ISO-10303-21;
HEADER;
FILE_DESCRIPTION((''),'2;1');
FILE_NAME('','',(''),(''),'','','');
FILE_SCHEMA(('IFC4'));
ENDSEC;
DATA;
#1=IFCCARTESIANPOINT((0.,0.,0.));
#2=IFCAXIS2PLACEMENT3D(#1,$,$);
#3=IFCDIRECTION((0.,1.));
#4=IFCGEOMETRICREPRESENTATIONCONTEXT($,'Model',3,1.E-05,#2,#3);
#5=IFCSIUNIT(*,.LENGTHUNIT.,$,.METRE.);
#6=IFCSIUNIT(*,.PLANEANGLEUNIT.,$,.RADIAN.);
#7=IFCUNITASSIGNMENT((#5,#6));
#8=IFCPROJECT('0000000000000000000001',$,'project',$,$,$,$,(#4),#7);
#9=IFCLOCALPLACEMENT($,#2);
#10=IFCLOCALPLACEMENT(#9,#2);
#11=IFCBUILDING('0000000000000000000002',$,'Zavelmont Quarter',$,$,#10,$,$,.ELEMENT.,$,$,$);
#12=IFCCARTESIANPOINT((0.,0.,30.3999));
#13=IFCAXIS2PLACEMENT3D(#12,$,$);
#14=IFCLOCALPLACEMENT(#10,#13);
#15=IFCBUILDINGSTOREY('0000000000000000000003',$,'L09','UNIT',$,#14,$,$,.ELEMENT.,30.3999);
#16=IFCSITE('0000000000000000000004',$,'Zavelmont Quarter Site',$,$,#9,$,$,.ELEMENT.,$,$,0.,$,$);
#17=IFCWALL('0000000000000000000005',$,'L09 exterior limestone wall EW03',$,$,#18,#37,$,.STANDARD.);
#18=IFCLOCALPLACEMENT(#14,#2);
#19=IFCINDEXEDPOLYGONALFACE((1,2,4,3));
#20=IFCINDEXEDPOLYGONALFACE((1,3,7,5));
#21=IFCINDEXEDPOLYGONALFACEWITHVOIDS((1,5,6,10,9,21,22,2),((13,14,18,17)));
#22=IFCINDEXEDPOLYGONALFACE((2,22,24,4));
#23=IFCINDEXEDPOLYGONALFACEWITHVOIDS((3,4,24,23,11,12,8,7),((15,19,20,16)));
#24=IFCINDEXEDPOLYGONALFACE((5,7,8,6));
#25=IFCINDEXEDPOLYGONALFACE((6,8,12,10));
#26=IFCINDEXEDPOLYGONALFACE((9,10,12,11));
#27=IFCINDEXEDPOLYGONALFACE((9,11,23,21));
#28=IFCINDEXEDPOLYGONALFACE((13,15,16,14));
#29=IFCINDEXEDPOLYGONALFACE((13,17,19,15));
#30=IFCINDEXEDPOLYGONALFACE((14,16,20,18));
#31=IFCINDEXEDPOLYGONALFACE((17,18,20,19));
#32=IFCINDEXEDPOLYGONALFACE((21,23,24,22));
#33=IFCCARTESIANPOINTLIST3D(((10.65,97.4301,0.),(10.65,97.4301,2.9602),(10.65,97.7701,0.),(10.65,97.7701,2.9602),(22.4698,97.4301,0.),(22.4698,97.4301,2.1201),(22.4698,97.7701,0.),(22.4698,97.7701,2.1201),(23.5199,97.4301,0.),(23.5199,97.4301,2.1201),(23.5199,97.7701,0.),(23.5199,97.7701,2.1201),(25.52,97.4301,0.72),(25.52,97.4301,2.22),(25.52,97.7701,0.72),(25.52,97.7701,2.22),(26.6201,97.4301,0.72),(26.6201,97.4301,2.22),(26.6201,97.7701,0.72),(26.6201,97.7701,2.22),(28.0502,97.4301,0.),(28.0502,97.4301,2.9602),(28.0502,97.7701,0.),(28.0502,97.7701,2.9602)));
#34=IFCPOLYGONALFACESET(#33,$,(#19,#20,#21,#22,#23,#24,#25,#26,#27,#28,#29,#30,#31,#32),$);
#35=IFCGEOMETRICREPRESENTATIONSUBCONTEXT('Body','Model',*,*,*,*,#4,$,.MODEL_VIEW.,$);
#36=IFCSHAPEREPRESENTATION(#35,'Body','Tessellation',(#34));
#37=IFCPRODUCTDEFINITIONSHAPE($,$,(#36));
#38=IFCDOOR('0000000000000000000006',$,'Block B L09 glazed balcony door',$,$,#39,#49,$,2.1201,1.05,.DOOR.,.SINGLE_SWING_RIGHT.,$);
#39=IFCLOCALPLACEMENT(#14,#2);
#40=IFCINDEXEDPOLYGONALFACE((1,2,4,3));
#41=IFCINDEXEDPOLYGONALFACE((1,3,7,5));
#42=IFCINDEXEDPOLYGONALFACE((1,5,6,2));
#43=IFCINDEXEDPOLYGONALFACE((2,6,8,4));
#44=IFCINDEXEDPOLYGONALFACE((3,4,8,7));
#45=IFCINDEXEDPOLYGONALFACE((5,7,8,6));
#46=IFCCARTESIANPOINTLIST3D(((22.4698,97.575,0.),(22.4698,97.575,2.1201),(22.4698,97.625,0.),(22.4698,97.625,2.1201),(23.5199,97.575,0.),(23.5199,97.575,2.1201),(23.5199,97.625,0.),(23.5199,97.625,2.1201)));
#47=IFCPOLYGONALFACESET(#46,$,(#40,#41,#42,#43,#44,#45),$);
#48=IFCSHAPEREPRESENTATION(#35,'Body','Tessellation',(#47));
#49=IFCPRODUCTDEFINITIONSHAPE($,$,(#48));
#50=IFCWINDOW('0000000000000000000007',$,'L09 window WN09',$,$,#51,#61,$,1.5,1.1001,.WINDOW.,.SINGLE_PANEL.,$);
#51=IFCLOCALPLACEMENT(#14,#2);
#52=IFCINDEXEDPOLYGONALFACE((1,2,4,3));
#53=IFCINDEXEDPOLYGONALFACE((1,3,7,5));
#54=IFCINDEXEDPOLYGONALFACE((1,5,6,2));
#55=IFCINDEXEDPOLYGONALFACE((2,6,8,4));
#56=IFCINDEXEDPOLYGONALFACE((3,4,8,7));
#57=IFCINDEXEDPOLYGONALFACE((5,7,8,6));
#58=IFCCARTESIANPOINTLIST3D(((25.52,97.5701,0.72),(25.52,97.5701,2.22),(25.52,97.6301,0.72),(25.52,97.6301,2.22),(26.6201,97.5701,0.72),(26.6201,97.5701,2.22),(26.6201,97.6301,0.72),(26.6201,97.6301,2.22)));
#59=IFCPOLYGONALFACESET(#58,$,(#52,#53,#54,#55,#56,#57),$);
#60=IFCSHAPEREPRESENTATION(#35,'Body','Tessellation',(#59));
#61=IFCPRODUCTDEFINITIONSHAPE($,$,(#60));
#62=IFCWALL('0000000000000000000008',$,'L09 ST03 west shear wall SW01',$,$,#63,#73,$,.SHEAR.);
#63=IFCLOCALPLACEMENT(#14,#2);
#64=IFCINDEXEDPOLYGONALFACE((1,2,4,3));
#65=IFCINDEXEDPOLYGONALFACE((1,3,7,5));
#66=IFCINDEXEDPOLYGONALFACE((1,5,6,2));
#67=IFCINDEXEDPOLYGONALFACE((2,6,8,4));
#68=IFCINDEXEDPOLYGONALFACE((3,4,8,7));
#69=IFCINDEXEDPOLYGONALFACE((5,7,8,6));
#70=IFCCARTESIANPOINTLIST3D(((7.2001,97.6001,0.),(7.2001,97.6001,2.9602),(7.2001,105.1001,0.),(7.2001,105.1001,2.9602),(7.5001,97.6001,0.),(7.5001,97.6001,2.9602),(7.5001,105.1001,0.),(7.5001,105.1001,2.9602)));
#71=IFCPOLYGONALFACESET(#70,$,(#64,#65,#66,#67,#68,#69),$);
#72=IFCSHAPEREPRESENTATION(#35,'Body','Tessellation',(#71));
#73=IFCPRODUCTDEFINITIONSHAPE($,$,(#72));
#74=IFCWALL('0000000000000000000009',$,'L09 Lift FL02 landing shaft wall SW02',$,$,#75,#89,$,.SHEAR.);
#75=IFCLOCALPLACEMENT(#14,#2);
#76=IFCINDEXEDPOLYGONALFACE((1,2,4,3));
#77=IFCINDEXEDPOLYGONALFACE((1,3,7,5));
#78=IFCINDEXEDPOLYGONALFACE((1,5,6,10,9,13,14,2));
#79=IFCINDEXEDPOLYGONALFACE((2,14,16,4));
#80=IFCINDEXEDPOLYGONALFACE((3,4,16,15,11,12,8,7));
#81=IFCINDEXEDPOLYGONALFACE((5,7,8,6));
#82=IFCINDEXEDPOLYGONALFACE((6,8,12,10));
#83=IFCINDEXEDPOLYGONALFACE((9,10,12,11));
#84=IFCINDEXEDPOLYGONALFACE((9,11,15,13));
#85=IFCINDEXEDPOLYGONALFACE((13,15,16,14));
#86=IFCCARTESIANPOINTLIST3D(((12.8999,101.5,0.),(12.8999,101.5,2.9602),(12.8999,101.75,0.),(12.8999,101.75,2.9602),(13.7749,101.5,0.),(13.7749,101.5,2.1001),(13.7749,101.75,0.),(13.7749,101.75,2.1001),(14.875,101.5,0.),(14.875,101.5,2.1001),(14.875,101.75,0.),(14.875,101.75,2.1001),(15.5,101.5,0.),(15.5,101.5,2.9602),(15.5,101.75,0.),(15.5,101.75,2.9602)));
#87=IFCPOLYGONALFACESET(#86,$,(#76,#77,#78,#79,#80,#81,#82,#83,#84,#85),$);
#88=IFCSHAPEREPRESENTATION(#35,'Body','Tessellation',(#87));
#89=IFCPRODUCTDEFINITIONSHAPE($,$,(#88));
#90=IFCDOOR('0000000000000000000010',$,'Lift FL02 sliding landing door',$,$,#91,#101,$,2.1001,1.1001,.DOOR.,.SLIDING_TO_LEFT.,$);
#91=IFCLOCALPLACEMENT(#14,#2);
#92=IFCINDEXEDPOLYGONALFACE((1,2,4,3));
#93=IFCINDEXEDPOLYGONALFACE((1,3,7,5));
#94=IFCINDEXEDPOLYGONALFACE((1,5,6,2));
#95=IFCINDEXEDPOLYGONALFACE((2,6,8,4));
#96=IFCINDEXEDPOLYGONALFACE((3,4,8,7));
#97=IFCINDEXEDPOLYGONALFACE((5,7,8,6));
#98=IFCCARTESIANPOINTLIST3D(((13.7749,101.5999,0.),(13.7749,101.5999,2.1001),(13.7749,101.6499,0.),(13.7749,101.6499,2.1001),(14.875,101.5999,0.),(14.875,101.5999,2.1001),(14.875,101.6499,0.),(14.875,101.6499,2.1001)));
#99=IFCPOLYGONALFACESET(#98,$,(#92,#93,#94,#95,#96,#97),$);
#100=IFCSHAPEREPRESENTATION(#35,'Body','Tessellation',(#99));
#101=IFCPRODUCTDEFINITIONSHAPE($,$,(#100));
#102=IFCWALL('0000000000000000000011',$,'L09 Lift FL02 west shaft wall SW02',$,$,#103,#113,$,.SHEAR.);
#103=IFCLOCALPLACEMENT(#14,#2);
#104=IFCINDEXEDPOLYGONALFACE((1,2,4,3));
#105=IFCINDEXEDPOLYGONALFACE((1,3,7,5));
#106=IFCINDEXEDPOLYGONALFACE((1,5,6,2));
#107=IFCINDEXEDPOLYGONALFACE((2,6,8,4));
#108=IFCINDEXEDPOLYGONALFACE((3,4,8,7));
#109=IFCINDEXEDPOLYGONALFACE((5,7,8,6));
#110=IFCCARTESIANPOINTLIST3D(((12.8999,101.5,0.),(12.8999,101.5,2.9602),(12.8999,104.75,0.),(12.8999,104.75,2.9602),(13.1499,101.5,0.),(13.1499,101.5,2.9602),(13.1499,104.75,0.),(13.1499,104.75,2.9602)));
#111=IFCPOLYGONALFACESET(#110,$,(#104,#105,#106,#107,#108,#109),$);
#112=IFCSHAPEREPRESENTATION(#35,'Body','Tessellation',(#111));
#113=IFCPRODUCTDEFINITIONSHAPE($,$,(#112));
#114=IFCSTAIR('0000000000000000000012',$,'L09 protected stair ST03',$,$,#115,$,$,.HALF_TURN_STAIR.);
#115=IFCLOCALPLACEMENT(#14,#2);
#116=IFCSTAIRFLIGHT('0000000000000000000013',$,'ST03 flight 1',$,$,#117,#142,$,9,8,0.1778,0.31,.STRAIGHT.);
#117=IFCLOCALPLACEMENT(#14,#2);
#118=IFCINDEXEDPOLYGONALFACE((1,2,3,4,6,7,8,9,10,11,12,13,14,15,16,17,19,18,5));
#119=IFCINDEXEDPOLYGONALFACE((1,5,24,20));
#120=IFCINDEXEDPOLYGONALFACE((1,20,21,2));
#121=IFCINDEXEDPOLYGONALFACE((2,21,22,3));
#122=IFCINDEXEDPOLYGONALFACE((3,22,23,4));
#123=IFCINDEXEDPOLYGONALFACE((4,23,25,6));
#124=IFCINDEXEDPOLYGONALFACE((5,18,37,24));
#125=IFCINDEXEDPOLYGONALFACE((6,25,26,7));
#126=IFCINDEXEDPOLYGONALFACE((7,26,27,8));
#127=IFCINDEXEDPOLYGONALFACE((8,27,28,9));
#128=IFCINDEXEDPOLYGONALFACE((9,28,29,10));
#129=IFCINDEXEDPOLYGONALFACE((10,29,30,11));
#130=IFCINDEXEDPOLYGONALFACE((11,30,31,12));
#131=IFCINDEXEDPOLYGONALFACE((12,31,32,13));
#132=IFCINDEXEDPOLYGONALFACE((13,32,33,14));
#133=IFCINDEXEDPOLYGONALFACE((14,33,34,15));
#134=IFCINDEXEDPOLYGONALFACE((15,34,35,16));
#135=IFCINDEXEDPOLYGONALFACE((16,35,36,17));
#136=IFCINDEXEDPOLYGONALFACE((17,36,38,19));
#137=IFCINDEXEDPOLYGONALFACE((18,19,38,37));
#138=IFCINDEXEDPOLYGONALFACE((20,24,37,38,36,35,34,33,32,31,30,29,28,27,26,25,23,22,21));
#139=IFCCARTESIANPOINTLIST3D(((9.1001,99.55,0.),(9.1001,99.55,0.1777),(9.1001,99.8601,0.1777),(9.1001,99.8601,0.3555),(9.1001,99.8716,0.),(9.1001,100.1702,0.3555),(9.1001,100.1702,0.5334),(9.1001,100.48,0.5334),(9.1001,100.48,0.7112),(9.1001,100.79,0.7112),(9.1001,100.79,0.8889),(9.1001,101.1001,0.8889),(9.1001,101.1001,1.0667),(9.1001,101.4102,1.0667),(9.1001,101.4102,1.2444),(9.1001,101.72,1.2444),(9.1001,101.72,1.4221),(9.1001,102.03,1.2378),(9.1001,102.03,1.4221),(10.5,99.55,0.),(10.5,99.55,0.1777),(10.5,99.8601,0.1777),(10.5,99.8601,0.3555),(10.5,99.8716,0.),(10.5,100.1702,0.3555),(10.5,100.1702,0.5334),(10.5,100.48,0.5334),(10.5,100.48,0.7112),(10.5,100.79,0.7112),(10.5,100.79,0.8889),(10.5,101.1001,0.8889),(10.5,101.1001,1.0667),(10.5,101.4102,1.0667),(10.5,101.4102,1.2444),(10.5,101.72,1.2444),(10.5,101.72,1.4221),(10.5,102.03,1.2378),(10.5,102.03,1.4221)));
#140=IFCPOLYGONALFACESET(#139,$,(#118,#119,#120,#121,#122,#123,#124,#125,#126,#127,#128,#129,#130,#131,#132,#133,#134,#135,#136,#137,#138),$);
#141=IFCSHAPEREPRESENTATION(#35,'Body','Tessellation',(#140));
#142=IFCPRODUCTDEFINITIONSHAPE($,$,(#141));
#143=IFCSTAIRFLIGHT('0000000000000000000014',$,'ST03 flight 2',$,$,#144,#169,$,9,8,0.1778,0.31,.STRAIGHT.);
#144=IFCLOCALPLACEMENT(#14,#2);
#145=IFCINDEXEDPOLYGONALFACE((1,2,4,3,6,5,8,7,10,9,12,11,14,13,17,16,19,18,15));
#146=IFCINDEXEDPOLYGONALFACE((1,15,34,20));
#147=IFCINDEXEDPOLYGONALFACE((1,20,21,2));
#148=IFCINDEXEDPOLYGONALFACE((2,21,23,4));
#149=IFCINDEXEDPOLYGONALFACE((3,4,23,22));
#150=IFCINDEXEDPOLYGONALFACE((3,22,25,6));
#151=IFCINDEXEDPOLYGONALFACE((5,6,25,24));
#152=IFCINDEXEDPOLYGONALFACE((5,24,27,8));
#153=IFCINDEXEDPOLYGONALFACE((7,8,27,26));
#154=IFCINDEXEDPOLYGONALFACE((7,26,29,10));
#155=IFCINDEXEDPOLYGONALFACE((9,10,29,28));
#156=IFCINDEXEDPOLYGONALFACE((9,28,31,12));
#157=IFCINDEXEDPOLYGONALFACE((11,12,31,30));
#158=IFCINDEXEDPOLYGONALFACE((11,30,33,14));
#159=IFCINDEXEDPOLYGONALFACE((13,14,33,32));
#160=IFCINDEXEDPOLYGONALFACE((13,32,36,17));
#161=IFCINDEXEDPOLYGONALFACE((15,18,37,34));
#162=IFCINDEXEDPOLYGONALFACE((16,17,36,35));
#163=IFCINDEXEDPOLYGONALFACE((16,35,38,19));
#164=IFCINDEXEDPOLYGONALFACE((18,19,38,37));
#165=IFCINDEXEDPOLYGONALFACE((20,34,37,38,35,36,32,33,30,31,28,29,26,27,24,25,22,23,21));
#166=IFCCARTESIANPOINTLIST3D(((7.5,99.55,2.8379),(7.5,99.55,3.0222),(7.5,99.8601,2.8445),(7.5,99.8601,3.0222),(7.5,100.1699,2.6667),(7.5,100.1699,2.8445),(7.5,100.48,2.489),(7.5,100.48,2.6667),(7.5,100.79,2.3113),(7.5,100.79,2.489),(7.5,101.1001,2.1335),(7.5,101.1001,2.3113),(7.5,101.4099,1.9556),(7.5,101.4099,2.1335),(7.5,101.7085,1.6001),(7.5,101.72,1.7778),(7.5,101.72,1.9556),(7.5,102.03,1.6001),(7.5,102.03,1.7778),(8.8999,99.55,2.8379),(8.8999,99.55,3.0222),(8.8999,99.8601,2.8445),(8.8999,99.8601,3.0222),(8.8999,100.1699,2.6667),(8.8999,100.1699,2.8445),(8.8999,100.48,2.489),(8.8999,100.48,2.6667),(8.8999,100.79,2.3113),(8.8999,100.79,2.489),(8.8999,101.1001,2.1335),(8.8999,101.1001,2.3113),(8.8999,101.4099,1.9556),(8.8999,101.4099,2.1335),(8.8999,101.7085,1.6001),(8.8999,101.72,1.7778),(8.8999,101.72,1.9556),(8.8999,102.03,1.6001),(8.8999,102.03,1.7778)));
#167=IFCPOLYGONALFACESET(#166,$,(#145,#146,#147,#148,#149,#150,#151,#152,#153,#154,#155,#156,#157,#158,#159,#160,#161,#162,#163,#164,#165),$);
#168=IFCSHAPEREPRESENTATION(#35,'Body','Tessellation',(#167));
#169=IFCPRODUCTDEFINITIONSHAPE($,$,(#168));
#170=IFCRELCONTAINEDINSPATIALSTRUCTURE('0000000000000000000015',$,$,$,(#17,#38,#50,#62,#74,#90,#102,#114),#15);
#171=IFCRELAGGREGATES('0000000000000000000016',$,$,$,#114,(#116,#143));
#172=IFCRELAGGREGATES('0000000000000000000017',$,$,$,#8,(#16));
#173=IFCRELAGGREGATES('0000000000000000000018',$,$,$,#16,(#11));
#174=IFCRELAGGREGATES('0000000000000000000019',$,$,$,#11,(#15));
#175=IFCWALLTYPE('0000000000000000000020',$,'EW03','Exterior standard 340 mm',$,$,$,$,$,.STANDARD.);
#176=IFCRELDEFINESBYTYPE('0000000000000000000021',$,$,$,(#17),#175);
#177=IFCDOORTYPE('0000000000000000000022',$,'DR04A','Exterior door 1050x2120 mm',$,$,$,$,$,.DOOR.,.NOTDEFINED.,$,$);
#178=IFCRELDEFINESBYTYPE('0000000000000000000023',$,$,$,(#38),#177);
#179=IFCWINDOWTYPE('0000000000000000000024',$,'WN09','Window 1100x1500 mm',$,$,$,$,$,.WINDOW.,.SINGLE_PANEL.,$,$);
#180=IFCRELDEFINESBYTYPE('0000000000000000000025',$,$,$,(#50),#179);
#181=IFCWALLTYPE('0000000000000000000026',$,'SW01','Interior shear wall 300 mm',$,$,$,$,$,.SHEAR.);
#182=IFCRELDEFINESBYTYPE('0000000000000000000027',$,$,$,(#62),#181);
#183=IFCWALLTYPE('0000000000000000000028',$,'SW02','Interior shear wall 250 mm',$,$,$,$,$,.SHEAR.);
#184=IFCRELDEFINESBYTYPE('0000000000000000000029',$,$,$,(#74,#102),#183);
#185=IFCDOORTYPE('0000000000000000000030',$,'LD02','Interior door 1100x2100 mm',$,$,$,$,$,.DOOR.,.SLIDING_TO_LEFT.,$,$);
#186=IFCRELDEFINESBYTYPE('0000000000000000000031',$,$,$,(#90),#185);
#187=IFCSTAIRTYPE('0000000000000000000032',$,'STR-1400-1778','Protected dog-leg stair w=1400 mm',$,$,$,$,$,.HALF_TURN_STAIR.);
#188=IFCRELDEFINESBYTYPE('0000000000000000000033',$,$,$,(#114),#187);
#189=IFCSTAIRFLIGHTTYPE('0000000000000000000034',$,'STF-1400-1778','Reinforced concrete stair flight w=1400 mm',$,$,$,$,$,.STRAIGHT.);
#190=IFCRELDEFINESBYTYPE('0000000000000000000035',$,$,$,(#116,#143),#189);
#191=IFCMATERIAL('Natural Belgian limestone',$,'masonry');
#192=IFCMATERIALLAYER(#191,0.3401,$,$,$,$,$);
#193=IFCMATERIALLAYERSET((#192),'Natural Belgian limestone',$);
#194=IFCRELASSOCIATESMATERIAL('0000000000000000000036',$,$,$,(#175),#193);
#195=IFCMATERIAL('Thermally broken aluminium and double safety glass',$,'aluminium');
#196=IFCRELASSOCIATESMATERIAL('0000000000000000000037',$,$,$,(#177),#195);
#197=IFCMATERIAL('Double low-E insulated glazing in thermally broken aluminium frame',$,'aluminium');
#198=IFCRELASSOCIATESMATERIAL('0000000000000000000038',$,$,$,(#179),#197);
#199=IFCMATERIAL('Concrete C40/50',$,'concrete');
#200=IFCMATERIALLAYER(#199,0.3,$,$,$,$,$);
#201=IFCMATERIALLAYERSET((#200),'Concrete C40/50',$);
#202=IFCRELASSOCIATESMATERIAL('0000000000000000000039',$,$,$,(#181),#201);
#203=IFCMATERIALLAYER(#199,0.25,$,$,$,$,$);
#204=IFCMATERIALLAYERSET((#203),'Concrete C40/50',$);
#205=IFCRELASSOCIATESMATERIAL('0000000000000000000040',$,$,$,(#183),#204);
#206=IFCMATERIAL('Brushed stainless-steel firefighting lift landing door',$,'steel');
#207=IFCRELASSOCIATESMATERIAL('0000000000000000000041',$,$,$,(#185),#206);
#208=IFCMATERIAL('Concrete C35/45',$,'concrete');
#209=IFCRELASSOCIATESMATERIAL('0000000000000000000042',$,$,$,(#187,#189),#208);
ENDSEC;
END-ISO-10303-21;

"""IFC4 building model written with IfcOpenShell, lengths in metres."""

from ifc_helpers import new_model, si_unit, direction, frame, frame_2d, origin, origin_with_axes, place, context, subcontext, project, spatial, polyline, rectangle, outline, extrude, material, layer, layer_set, type_object, element, fill, aggregate, save


model = new_model("IFC4")

# Units and contexts
model_context = context("Model", 3, precision=1e-05, world=origin(), true_north=direction((0.0, 1.0)))
body_context = subcontext(model_context, "Body", "Model", "MODEL_VIEW")
ifc_project = project(units=[si_unit("LENGTHUNIT", "METRE"), si_unit("PLANEANGLEUNIT", "RADIAN")], contexts=[model_context])

# Site, building, storey
site_placement = place(None, origin())
site = spatial("IfcSite", under=ifc_project, at=site_placement, Name="Zavelmont Quarter Site", CompositionType="ELEMENT", RefElevation=0.0)
building_placement = place(site_placement, origin())
building = spatial("IfcBuilding", under=site, at=building_placement, Name="Zavelmont Quarter", CompositionType="ELEMENT")
storey_placement = place(building_placement, frame((0.0, 0.0, 30.3999)))
storey = spatial("IfcBuildingStorey", under=building, at=storey_placement, Name="L09", Description="UNIT", CompositionType="ELEMENT", Elevation=30.3999)

# Wall, openings, door, window
ifc_material_1 = material(Name="Natural Belgian limestone", Category="masonry")
ifc_layer_1 = layer(ifc_material_1, 0.3401)
ifc_layer_set_1 = layer_set([ifc_layer_1], Name="Natural Belgian limestone")
wall_type_1 = type_object("IfcWallType", Name="EW03", Description="Exterior standard 340 mm", PredefinedType="STANDARD", material=ifc_layer_set_1)
wall_1_placement = place(storey_placement, frame((10.6499, 97.6001, 0.0), z_axis=(0.0, 0.0, 1.0), x_axis=(1.0, 0.0, 0.0)))
wall_1 = element("IfcWall", 1, at=wall_1_placement, inside=storey, type_object=wall_type_1, Name="L09 exterior limestone wall EW03", PredefinedType="STANDARD", context=body_context, shape_type="SweptSolid", body=[
    extrude(rectangle(XDim=17.4001, YDim=0.3401, at=frame_2d((8.7002, 0.0))), origin(), (0.0, 0.0, 1.0), 2.9602),
])
opening_1_placement = place(wall_1_placement, frame((11.8201, 0.0, 0.0)))
opening_1 = element("IfcOpeningElement", 2, at=opening_1_placement, cuts=wall_1, PredefinedType="OPENING", context=body_context, shape_type="SweptSolid", body=[
    extrude(rectangle(XDim=1.05, YDim=2.1201, at=frame_2d((0.5249, 1.0601))), frame((0.0, 0.1821, 0.0), z_axis=(0.0, -1.0, 0.0), x_axis=(1.0, 0.0, 0.0)), (0.0, 0.0, 1.0), 0.364),
])
opening_2_placement = place(wall_1_placement, frame((14.8701, 0.0, 0.72)))
opening_2 = element("IfcOpeningElement", 3, at=opening_2_placement, cuts=wall_1, PredefinedType="OPENING", context=body_context, shape_type="SweptSolid", body=[
    extrude(rectangle(XDim=1.1001, YDim=1.5, at=frame_2d((0.55, 0.75))), frame((0.0, 0.1821, 0.0), z_axis=(0.0, -1.0, 0.0), x_axis=(1.0, 0.0, 0.0)), (0.0, 0.0, 1.0), 0.364),
])
ifc_material_2 = material(Name="Thermally broken aluminium and double safety glass", Category="aluminium")
door_type_1 = type_object("IfcDoorType", Name="DR04A", Description="Exterior door 1050x2120 mm", OperationType="NOTDEFINED", PredefinedType="DOOR", material=ifc_material_2)
door_1_placement = place(opening_1_placement, origin_with_axes())
door_1 = element("IfcDoor", 4, at=door_1_placement, inside=storey, type_object=door_type_1, Name="Block B L09 glazed balcony door", OperationType="SINGLE_SWING_RIGHT", OverallHeight=2.1201, OverallWidth=1.05, PredefinedType="DOOR", context=body_context, shape_type="SweptSolid", body=[
    extrude(rectangle(XDim=1.05, YDim=2.1201, at=frame_2d((0.5249, 1.0601))), frame((0.0, 0.0249, 0.0), z_axis=(0.0, -1.0, 0.0), x_axis=(1.0, 0.0, 0.0)), (0.0, 0.0, 1.0), 0.05),
])
fill(opening_1, door_1)
ifc_material_3 = material(Name="Double low-E insulated glazing in thermally broken aluminium frame", Category="aluminium")
window_type = type_object("IfcWindowType", Name="WN09", Description="Window 1100x1500 mm", PartitioningType="SINGLE_PANEL", PredefinedType="WINDOW", material=ifc_material_3)
window_placement = place(opening_2_placement, origin_with_axes())
window = element("IfcWindow", 5, at=window_placement, inside=storey, type_object=window_type, Name="L09 window WN09", OverallHeight=1.5, OverallWidth=1.1001, PartitioningType="SINGLE_PANEL", PredefinedType="WINDOW", context=body_context, shape_type="SweptSolid", body=[
    extrude(rectangle(XDim=1.1001, YDim=1.5, at=frame_2d((0.55, 0.75))), frame((0.0, 0.03, 0.0), z_axis=(0.0, -1.0, 0.0), x_axis=(1.0, 0.0, 0.0)), (0.0, 0.0, 1.0), 0.0601),
])
fill(opening_2, window)

# Wall
ifc_material_4 = material(Name="Concrete C40/50", Category="concrete")
ifc_layer_2 = layer(ifc_material_4, 0.3)
ifc_layer_set_2 = layer_set([ifc_layer_2], Name="Concrete C40/50")
wall_type_2 = type_object("IfcWallType", Name="SW01", Description="Interior shear wall 300 mm", PredefinedType="SHEAR", material=ifc_layer_set_2)
wall_2_placement = place(storey_placement, frame((7.3501, 97.6001, 0.0), z_axis=(0.0, 0.0, 1.0), x_axis=(0.0, 1.0, 0.0)))
element("IfcWall", 6, at=wall_2_placement, inside=storey, type_object=wall_type_2, Name="L09 ST03 west shear wall SW01", PredefinedType="SHEAR", context=body_context, shape_type="SweptSolid", body=[
    extrude(rectangle(XDim=7.5, YDim=0.3, at=frame_2d((3.75, 0.0))), origin(), (0.0, 0.0, 1.0), 2.9602),
])

# Wall, opening, door
ifc_layer_3 = layer(ifc_material_4, 0.25)
ifc_layer_set_3 = layer_set([ifc_layer_3], Name="Concrete C40/50")
wall_type_3 = type_object("IfcWallType", Name="SW02", Description="Interior shear wall 250 mm", PredefinedType="SHEAR", material=ifc_layer_set_3)
wall_3_placement = place(storey_placement, frame((12.8999, 101.625, 0.0), z_axis=(0.0, 0.0, 1.0), x_axis=(1.0, 0.0, 0.0)))
wall_3 = element("IfcWall", 7, at=wall_3_placement, inside=storey, type_object=wall_type_3, Name="L09 Lift FL02 landing shaft wall SW02", PredefinedType="SHEAR", context=body_context, shape_type="SweptSolid", body=[
    extrude(rectangle(XDim=2.6001, YDim=0.25, at=frame_2d((1.3, 0.0))), origin(), (0.0, 0.0, 1.0), 2.9602),
])
opening_3_placement = place(wall_3_placement, frame((0.875, 0.0, 0.0)))
opening_3 = element("IfcOpeningElement", 8, at=opening_3_placement, cuts=wall_3, PredefinedType="OPENING", context=body_context, shape_type="SweptSolid", body=[
    extrude(rectangle(XDim=1.1001, YDim=2.1001, at=frame_2d((0.55, 1.05))), frame((0.0, 0.137, 0.0), z_axis=(0.0, -1.0, 0.0), x_axis=(1.0, 0.0, 0.0)), (0.0, 0.0, 1.0), 0.2739),
])
ifc_material_5 = material(Name="Brushed stainless-steel firefighting lift landing door", Category="steel")
door_type_2 = type_object("IfcDoorType", Name="LD02", Description="Interior door 1100x2100 mm", OperationType="SLIDING_TO_LEFT", PredefinedType="DOOR", material=ifc_material_5)
door_2_placement = place(opening_3_placement, origin_with_axes())
door_2 = element("IfcDoor", 9, at=door_2_placement, inside=storey, type_object=door_type_2, Name="Lift FL02 sliding landing door", OperationType="SLIDING_TO_LEFT", OverallHeight=2.1001, OverallWidth=1.1001, PredefinedType="DOOR", context=body_context, shape_type="SweptSolid", body=[
    extrude(rectangle(XDim=1.1001, YDim=2.1001, at=frame_2d((0.55, 1.05))), frame((0.0, 0.0249, 0.0), z_axis=(0.0, -1.0, 0.0), x_axis=(1.0, 0.0, 0.0)), (0.0, 0.0, 1.0), 0.05),
])
fill(opening_3, door_2)

# Wall
wall_4_placement = place(storey_placement, frame((13.0249, 101.5, 0.0), z_axis=(0.0, 0.0, 1.0), x_axis=(0.0, 1.0, 0.0)))
element("IfcWall", 10, at=wall_4_placement, inside=storey, type_object=wall_type_3, Name="L09 Lift FL02 west shaft wall SW02", PredefinedType="SHEAR", context=body_context, shape_type="SweptSolid", body=[
    extrude(rectangle(XDim=3.25, YDim=0.25, at=frame_2d((1.625, 0.0))), origin(), (0.0, 0.0, 1.0), 2.9602),
])

# Stair, stair flights
ifc_material_6 = material(Name="Concrete C35/45", Category="concrete")
stair_type = type_object("IfcStairType", Name="STR-1400-1778", Description="Protected dog-leg stair w=1400 mm", PredefinedType="HALF_TURN_STAIR", material=ifc_material_6)
stair_placement = place(storey_placement, origin())
stair = element("IfcStair", 11, at=stair_placement, inside=storey, type_object=stair_type, Name="L09 protected stair ST03", PredefinedType="HALF_TURN_STAIR")
stair_flight_type = type_object("IfcStairFlightType", Name="STF-1400-1778", Description="Reinforced concrete stair flight w=1400 mm", PredefinedType="STRAIGHT", material=ifc_material_6)
stair_flight_1_placement = place(storey_placement, frame((9.8, 99.55, 0.0), z_axis=(0.0, 0.0, 1.0), x_axis=(0.0, 1.0, 0.0)))
stair_flight_1 = element("IfcStairFlight", 12, at=stair_flight_1_placement, type_object=stair_flight_type, Name="ST03 flight 1", NumberOfRisers=9, NumberOfTreads=8, PredefinedType="STRAIGHT", RiserHeight=0.1778, TreadLength=0.31, context=body_context, shape_type="SweptSolid", body=[
    extrude(outline(polyline([(0.0, 0.0), (0.0, 0.1777), (0.3101, 0.1777), (0.3101, 0.3555), (0.6201, 0.3555), (0.6201, 0.5334), (0.9299, 0.5334), (0.9299, 0.7112), (1.24, 0.7112), (1.24, 0.8889), (1.55, 0.8889), (1.55, 1.0667), (1.8601, 1.0667), (1.8601, 1.2444), (2.1699, 1.2444), (2.1699, 1.4221), (2.48, 1.4221), (2.48, 1.6001), (2.48, 1.2378), (0.3215, 0.0), (0.0, 0.0)])), frame((0.0, 0.7, 0.0), z_axis=(0.0, -1.0, 0.0), x_axis=(1.0, 0.0, 0.0)), (0.0, 0.0, 1.0), 1.3999),
])
stair_flight_2_placement = place(storey_placement, frame((8.2, 102.03, 1.6001), z_axis=(0.0, 0.0, 1.0), x_axis=(0.0, -1.0, 0.0)))
stair_flight_2 = element("IfcStairFlight", 13, at=stair_flight_2_placement, type_object=stair_flight_type, Name="ST03 flight 2", NumberOfRisers=9, NumberOfTreads=8, PredefinedType="STRAIGHT", RiserHeight=0.1778, TreadLength=0.31, context=body_context, shape_type="SweptSolid", body=[
    extrude(outline(polyline([(0.0, 0.0), (0.0, 0.1777), (0.3101, 0.1777), (0.3101, 0.3555), (0.6201, 0.3555), (0.6201, 0.5334), (0.9299, 0.5334), (0.9299, 0.7112), (1.24, 0.7112), (1.24, 0.8889), (1.55, 0.8889), (1.55, 1.0667), (1.8601, 1.0667), (1.8601, 1.2444), (2.1699, 1.2444), (2.1699, 1.4221), (2.48, 1.4221), (2.48, 1.6001), (2.48, 1.2378), (0.3215, 0.0), (0.0, 0.0)])), frame((0.0, 0.7, 0.0), z_axis=(0.0, -1.0, 0.0), x_axis=(1.0, 0.0, 0.0)), (0.0, 0.0, 1.0), 1.3999),
])
aggregate(stair, [stair_flight_1, stair_flight_2])

save(model, "model.ifc")
